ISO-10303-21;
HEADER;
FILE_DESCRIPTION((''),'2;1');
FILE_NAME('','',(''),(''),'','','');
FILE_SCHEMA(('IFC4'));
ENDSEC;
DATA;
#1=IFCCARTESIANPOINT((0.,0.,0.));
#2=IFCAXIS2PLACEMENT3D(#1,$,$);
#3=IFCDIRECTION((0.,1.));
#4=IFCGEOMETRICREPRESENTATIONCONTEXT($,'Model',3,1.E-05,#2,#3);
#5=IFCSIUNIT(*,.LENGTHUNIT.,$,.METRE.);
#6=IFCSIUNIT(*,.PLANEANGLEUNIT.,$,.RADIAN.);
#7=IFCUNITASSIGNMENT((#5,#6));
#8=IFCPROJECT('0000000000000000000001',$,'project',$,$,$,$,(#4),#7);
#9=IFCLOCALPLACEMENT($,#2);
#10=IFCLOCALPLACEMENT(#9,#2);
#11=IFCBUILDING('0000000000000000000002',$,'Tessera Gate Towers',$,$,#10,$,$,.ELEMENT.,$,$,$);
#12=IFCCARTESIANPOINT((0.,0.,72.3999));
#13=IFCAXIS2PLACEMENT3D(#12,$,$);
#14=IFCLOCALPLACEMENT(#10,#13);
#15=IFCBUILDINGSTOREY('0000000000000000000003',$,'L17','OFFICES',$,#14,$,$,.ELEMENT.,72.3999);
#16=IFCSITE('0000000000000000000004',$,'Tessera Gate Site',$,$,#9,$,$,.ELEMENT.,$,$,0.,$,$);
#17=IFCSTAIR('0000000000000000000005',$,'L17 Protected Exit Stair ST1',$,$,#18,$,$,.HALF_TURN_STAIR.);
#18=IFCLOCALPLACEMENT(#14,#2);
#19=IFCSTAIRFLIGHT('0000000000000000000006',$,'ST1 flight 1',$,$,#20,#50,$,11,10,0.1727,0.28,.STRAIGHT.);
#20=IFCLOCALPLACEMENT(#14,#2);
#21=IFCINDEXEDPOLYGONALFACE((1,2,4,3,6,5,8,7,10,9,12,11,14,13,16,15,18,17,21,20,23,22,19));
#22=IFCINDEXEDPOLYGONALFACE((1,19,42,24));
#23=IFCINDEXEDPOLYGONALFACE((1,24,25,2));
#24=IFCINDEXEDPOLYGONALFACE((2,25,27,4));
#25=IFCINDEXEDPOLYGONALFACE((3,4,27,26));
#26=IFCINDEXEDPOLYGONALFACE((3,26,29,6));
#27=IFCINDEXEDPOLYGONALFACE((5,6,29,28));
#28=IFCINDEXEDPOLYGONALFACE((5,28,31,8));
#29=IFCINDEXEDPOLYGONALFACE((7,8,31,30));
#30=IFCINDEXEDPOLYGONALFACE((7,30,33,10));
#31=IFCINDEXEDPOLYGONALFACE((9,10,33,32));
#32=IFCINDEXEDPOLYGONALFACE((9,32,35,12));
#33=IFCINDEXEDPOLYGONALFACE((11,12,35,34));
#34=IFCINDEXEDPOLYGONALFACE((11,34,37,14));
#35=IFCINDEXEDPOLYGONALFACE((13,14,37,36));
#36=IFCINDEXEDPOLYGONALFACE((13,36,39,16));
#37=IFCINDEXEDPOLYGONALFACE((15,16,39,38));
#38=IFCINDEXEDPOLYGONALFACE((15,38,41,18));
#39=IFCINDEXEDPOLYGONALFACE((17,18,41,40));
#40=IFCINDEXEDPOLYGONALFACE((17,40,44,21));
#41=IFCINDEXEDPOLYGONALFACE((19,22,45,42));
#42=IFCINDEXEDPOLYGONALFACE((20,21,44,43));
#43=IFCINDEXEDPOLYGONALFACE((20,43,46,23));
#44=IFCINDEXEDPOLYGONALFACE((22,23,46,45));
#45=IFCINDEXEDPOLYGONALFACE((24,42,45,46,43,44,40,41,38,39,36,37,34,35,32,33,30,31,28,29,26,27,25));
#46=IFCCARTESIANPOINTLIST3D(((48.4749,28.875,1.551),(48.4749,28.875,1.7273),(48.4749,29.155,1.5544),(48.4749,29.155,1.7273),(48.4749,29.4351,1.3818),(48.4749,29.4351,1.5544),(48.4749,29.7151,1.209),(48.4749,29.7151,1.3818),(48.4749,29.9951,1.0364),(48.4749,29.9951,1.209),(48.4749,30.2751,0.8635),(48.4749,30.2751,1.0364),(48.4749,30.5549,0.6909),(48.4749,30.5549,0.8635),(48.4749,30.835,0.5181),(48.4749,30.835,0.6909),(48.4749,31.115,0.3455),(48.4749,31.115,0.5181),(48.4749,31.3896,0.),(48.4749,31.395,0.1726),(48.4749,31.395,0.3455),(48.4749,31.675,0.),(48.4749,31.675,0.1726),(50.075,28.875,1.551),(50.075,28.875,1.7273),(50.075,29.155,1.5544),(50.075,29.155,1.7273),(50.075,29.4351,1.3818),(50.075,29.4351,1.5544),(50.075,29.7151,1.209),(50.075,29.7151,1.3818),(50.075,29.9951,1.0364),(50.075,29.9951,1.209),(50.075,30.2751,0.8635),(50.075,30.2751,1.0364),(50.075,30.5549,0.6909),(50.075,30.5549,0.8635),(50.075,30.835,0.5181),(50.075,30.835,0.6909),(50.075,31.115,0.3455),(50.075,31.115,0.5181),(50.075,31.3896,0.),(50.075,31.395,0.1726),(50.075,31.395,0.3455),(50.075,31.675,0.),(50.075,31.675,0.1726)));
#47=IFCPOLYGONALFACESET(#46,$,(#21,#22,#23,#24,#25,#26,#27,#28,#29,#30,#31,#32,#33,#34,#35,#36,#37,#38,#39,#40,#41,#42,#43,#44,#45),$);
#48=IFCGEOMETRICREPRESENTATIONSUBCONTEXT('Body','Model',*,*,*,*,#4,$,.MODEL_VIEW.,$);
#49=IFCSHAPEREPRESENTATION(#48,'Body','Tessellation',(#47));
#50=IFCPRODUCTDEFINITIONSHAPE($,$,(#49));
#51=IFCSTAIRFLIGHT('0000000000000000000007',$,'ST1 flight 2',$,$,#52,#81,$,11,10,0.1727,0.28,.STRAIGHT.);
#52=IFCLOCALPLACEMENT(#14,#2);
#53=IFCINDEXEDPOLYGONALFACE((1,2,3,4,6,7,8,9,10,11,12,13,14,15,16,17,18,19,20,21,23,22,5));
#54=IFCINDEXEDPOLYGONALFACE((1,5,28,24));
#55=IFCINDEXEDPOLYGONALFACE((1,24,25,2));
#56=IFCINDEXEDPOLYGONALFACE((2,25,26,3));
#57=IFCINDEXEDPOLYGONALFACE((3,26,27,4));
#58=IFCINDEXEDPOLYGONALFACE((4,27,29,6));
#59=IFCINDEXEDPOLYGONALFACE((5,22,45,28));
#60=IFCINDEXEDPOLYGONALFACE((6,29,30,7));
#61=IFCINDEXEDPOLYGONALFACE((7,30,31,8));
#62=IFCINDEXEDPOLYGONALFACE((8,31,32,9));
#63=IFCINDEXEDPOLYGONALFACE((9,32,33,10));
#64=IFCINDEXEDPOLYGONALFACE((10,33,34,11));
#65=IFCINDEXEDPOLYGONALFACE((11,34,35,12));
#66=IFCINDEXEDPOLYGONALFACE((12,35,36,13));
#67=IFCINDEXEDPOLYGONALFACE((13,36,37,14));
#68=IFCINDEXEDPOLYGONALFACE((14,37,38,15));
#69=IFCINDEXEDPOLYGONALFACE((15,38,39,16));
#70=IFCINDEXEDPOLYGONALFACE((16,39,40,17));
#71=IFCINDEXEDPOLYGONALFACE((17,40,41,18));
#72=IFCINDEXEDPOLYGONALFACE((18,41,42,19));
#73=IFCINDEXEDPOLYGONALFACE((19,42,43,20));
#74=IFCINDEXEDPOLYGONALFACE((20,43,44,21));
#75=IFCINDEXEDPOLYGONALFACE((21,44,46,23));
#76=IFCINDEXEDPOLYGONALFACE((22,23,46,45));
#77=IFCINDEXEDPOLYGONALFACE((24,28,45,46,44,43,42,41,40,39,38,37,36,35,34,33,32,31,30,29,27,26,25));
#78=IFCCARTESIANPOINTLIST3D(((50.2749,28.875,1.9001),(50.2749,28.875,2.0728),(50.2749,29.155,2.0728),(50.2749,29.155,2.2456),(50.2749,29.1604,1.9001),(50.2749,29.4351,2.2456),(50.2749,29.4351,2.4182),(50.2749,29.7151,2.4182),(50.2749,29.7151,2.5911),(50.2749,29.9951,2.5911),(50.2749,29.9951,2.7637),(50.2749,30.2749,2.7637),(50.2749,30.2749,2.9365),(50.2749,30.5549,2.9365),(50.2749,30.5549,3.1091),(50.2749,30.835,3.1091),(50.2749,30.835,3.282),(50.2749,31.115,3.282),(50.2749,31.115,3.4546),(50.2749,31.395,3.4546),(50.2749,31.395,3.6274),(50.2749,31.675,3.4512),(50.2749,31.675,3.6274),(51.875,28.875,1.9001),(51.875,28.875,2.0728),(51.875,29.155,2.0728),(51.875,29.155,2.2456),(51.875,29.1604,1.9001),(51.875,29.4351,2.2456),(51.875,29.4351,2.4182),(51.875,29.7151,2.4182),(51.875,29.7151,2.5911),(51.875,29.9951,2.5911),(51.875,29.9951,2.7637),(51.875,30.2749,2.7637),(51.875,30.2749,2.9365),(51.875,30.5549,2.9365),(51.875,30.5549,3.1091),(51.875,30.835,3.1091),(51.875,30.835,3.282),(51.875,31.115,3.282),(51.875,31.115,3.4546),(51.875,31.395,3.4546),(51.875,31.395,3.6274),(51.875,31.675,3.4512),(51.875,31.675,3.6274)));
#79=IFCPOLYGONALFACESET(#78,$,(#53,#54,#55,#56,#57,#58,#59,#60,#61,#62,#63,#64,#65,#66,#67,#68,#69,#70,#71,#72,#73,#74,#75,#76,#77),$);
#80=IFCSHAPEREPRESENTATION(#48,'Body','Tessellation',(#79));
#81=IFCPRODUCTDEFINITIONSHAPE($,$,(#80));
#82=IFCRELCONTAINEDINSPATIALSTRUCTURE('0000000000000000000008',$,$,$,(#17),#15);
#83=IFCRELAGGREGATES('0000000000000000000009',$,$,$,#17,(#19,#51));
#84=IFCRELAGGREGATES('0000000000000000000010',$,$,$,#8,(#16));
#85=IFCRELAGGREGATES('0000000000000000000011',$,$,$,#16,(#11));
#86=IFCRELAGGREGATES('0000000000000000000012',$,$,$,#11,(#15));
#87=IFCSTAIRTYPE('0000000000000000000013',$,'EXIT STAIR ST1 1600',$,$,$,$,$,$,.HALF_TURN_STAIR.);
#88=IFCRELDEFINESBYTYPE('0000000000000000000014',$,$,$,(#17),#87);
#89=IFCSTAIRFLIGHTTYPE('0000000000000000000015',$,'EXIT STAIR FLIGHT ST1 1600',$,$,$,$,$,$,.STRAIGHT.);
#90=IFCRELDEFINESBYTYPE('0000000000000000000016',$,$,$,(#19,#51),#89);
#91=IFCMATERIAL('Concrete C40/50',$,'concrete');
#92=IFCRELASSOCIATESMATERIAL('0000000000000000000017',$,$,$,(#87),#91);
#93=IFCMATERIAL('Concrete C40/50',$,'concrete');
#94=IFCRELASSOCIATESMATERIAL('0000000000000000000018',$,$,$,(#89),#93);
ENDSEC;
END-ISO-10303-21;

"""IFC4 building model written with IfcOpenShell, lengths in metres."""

from ifc_helpers import new_model, si_unit, direction, frame, origin, place, context, subcontext, project, spatial, polyline, outline, extrude, material, type_object, element, aggregate, save


model = new_model("IFC4")

# Units and contexts
model_context = context("Model", 3, precision=1e-05, world=origin(), true_north=direction((0.0, 1.0)))
body_context = subcontext(model_context, "Body", "Model", "MODEL_VIEW")
ifc_project = project(units=[si_unit("LENGTHUNIT", "METRE"), si_unit("PLANEANGLEUNIT", "RADIAN")], contexts=[model_context])

# Site, building, storey
site_placement = place(None, origin())
site = spatial("IfcSite", under=ifc_project, at=site_placement, Name="Tessera Gate Site", CompositionType="ELEMENT", RefElevation=0.0)
building_placement = place(site_placement, origin())
building = spatial("IfcBuilding", under=site, at=building_placement, Name="Tessera Gate Towers", CompositionType="ELEMENT")
storey_placement = place(building_placement, frame((0.0, 0.0, 72.3999)))
storey = spatial("IfcBuildingStorey", under=building, at=storey_placement, Name="L17", Description="OFFICES", CompositionType="ELEMENT", Elevation=72.3999)

# Stair, stair flights
ifc_material_1 = material(Name="Concrete C40/50", Category="concrete")
stair_type = type_object("IfcStairType", Name="EXIT STAIR ST1 1600", PredefinedType="HALF_TURN_STAIR", material=ifc_material_1)
stair_placement = place(storey_placement, origin())
stair = element("IfcStair", 1, at=stair_placement, inside=storey, type_object=stair_type, Name="L17 Protected Exit Stair ST1", PredefinedType="HALF_TURN_STAIR")
ifc_material_2 = material(Name="Concrete C40/50", Category="concrete")
stair_flight_type = type_object("IfcStairFlightType", Name="EXIT STAIR FLIGHT ST1 1600", PredefinedType="STRAIGHT", material=ifc_material_2)
stair_flight_1_placement = place(storey_placement, frame((49.2749, 31.675, 0.0), z_axis=(0.0, 0.0, 1.0), x_axis=(0.0, -1.0, 0.0)))
stair_flight_1 = element("IfcStairFlight", 2, at=stair_flight_1_placement, type_object=stair_flight_type, Name="ST1 flight 1", NumberOfRisers=11, NumberOfTreads=10, PredefinedType="STRAIGHT", RiserHeight=0.1727, TreadLength=0.28, context=body_context, shape_type="SweptSolid", body=[
    extrude(outline(polyline([(0.0, 0.0), (0.0, 0.1726), (0.28, 0.1726), (0.28, 0.3455), (0.5601, 0.3455), (0.5601, 0.5181), (0.8401, 0.5181), (0.8401, 0.6909), (1.1201, 0.6909), (1.1201, 0.8635), (1.3999, 0.8635), (1.3999, 1.0364), (1.6799, 1.0364), (1.6799, 1.209), (1.96, 1.209), (1.96, 1.3818), (2.24, 1.3818), (2.24, 1.5544), (2.52, 1.5544), (2.52, 1.7273), (2.8, 1.7273), (2.8, 1.8999), (2.8, 1.551), (0.2854, 0.0), (0.0, 0.0)])), frame((0.0, 0.8, 0.0), z_axis=(0.0, -1.0, 0.0), x_axis=(1.0, 0.0, 0.0)), (0.0, 0.0, 1.0), 1.6001),
])
stair_flight_2_placement = place(storey_placement, frame((51.075, 28.875, 1.9001), z_axis=(0.0, 0.0, 1.0), x_axis=(0.0, 1.0, 0.0)))
stair_flight_2 = element("IfcStairFlight", 3, at=stair_flight_2_placement, type_object=stair_flight_type, Name="ST1 flight 2", NumberOfRisers=11, NumberOfTreads=10, PredefinedType="STRAIGHT", RiserHeight=0.1727, TreadLength=0.28, context=body_context, shape_type="SweptSolid", body=[
    extrude(outline(polyline([(0.0, 0.0), (0.0, 0.1726), (0.28, 0.1726), (0.28, 0.3455), (0.5601, 0.3455), (0.5601, 0.5181), (0.8401, 0.5181), (0.8401, 0.6909), (1.1201, 0.6909), (1.1201, 0.8635), (1.3999, 0.8635), (1.3999, 1.0364), (1.6799, 1.0364), (1.6799, 1.209), (1.96, 1.209), (1.96, 1.3818), (2.24, 1.3818), (2.24, 1.5544), (2.52, 1.5544), (2.52, 1.7273), (2.8, 1.7273), (2.8, 1.8999), (2.8, 1.551), (0.2854, 0.0), (0.0, 0.0)])), frame((0.0, 0.8, 0.0), z_axis=(0.0, -1.0, 0.0), x_axis=(1.0, 0.0, 0.0)), (0.0, 0.0, 1.0), 1.6001),
])
aggregate(stair, [stair_flight_1, stair_flight_2])

save(model, "model.ifc")
